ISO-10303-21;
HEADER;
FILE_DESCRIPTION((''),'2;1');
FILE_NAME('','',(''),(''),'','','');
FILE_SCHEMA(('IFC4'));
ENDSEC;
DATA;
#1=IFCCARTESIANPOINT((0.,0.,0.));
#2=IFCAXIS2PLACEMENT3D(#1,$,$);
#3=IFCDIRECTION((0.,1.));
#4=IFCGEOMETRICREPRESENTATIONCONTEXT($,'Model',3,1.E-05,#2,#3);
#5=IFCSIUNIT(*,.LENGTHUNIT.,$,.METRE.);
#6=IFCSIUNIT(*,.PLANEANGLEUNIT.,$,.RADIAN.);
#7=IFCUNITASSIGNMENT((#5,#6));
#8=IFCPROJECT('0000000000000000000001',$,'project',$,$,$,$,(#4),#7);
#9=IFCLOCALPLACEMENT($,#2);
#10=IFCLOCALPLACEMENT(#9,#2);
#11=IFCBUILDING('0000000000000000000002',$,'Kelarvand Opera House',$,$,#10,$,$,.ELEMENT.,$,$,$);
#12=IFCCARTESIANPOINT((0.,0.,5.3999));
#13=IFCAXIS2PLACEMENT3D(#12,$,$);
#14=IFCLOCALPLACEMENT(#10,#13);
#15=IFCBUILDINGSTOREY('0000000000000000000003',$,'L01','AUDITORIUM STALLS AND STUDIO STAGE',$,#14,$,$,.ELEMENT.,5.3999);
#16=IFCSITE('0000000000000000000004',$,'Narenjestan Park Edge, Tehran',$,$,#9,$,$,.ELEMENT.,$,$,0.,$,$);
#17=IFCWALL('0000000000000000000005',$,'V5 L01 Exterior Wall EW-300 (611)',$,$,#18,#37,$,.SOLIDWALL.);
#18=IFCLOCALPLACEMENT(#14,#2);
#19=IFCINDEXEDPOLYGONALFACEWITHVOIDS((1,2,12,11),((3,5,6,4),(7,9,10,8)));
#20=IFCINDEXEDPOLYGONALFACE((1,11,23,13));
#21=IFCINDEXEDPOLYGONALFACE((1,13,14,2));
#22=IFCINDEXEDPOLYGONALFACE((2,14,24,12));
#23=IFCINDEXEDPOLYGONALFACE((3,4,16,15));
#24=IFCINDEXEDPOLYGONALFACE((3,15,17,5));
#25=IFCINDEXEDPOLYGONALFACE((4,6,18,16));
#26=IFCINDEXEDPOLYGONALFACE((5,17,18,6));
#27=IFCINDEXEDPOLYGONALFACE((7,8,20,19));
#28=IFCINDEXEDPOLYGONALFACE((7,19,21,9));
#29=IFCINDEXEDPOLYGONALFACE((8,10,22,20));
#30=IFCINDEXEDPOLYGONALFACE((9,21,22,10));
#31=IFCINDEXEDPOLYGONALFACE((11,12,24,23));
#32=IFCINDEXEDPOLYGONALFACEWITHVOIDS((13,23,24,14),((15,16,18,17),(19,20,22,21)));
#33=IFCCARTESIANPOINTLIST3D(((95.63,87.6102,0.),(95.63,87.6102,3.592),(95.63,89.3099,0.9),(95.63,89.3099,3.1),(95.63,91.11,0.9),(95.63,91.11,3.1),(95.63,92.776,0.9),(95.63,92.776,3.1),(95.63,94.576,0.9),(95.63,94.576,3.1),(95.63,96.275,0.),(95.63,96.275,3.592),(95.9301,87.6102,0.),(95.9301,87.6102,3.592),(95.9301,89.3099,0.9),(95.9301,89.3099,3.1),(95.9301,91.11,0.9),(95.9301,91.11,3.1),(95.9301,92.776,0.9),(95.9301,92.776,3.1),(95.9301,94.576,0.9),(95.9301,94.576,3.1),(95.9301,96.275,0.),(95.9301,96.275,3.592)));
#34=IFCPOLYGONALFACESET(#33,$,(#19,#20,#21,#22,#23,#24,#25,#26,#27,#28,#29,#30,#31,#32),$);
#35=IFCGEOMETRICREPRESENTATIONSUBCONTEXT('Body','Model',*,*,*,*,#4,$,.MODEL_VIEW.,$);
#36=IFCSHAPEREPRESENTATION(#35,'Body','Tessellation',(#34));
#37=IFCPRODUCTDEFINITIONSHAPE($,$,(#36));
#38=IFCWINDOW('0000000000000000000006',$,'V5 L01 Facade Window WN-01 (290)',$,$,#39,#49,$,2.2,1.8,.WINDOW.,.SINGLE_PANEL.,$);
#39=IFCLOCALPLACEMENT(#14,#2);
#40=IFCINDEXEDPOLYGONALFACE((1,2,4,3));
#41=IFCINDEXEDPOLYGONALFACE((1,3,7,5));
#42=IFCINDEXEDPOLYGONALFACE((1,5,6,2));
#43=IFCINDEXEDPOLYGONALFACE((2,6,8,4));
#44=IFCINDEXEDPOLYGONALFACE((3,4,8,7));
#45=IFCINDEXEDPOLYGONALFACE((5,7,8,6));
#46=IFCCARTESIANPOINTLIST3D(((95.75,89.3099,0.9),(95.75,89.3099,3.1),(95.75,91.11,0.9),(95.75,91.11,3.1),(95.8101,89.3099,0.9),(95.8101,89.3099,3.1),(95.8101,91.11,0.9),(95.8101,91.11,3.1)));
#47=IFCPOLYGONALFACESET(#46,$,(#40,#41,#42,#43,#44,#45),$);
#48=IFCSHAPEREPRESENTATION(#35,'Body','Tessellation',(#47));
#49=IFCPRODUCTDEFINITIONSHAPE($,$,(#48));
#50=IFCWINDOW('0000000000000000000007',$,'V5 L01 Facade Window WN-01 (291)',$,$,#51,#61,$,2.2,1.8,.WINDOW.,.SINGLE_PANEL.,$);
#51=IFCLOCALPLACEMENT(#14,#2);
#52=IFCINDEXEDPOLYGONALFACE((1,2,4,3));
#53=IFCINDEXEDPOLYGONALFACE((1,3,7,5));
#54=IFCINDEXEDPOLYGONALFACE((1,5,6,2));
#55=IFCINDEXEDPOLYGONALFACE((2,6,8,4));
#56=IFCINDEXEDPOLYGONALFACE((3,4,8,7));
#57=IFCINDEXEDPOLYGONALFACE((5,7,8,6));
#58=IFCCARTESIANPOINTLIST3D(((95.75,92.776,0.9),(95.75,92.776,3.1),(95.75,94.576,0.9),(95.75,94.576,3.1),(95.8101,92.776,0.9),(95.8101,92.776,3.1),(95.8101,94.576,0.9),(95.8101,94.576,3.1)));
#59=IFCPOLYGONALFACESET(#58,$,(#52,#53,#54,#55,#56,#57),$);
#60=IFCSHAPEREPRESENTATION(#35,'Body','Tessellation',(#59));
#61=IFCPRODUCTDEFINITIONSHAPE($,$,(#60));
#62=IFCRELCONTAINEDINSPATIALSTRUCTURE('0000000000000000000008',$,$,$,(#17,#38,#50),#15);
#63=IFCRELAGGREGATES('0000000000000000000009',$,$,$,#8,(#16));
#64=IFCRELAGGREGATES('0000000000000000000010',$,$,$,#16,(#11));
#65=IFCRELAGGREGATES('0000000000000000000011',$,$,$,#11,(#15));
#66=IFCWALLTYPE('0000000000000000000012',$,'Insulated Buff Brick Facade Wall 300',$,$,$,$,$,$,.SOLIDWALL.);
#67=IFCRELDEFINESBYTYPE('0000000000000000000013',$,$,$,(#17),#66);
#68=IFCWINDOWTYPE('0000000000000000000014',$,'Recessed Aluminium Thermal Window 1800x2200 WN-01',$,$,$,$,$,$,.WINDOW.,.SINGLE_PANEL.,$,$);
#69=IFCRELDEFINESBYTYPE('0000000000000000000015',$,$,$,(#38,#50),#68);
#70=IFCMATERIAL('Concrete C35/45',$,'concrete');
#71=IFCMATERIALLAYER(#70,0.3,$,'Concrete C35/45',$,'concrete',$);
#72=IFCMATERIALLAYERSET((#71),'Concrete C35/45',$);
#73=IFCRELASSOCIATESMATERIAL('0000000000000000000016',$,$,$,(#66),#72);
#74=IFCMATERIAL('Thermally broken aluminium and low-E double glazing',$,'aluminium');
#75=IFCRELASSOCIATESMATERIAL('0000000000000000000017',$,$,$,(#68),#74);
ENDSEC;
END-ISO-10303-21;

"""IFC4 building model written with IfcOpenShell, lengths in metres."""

from ifc_helpers import new_model, si_unit, direction, frame, frame_2d, origin, place, context, subcontext, project, spatial, rectangle, extrude, material, layer, layer_set, type_object, element, fill, save


model = new_model("IFC4")

# Units and contexts
model_context = context("Model", 3, precision=1e-05, world=origin(), true_north=direction((0.0, 1.0)))
body_context = subcontext(model_context, "Body", "Model", "MODEL_VIEW")
ifc_project = project(units=[si_unit("LENGTHUNIT", "METRE"), si_unit("PLANEANGLEUNIT", "RADIAN")], contexts=[model_context])

# Site, building, storey
site_placement = place(None, origin())
site = spatial("IfcSite", under=ifc_project, at=site_placement, Name="Narenjestan Park Edge, Tehran", CompositionType="ELEMENT", RefElevation=0.0)
building_placement = place(site_placement, origin())
building = spatial("IfcBuilding", under=site, at=building_placement, Name="Kelarvand Opera House", CompositionType="ELEMENT")
storey_placement = place(building_placement, frame((0.0, 0.0, 5.3999)))
storey = spatial("IfcBuildingStorey", under=building, at=storey_placement, Name="L01", Description="AUDITORIUM STALLS AND STUDIO STAGE", CompositionType="ELEMENT", Elevation=5.3999)

# Wall, openings, windows
ifc_material_1 = material(Name="Concrete C35/45", Category="concrete")
ifc_layer_1 = layer(ifc_material_1, 0.3, Name="Concrete C35/45", Category="concrete")
ifc_layer_set_1 = layer_set([ifc_layer_1], Name="Concrete C35/45")
wall_type = type_object("IfcWallType", Name="Insulated Buff Brick Facade Wall 300", PredefinedType="SOLIDWALL", material=ifc_layer_set_1)
wall_placement = place(storey_placement, frame((95.78, 87.6101, 0.0), z_axis=(0.0, 0.0, 1.0), x_axis=(0.0, 1.0, 0.0)))
wall = element("IfcWall", 1, at=wall_placement, inside=storey, type_object=wall_type, Name="V5 L01 Exterior Wall EW-300 (611)", PredefinedType="SOLIDWALL", context=body_context, shape_type="SweptSolid", body=[
    extrude(rectangle(XDim=8.6648, YDim=0.3, at=frame_2d((4.3325, 0.0))), origin(), (0.0, 0.0, 1.0), 3.592),
])
opening_1_placement = place(wall_placement, frame((1.7, 0.0, 0.8999)))
opening_1 = element("IfcOpeningElement", 2, at=opening_1_placement, cuts=wall, PredefinedType="OPENING", context=body_context, shape_type="SweptSolid", body=[
    extrude(rectangle(XDim=1.8, YDim=2.2, at=frame_2d((0.8999, 1.1001))), frame((0.0, 0.1602, 0.0), z_axis=(0.0, -1.0, 0.0), x_axis=(1.0, 0.0, 0.0)), (0.0, 0.0, 1.0), 0.3201),
])
opening_2_placement = place(wall_placement, frame((5.166, 0.0, 0.8999)))
opening_2 = element("IfcOpeningElement", 3, at=opening_2_placement, cuts=wall, PredefinedType="OPENING", context=body_context, shape_type="SweptSolid", body=[
    extrude(rectangle(XDim=1.8, YDim=2.2, at=frame_2d((0.8999, 1.1001))), frame((0.0, 0.1602, 0.0), z_axis=(0.0, -1.0, 0.0), x_axis=(1.0, 0.0, 0.0)), (0.0, 0.0, 1.0), 0.3201),
])
ifc_material_2 = material(Name="Thermally broken aluminium and low-E double glazing", Category="aluminium")
window_type = type_object("IfcWindowType", Name="Recessed Aluminium Thermal Window 1800x2200 WN-01", PartitioningType="SINGLE_PANEL", PredefinedType="WINDOW", material=ifc_material_2)
window_1_placement = place(opening_1_placement, origin())
window_1 = element("IfcWindow", 4, at=window_1_placement, inside=storey, type_object=window_type, Name="V5 L01 Facade Window WN-01 (290)", OverallHeight=2.2, OverallWidth=1.8, PartitioningType="SINGLE_PANEL", PredefinedType="WINDOW", context=body_context, shape_type="SweptSolid", body=[
    extrude(rectangle(XDim=1.8, YDim=2.2, at=frame_2d((0.8999, 1.1001))), frame((0.0, 0.03, 0.0), z_axis=(0.0, -1.0, 0.0), x_axis=(1.0, 0.0, 0.0)), (0.0, 0.0, 1.0), 0.0601),
])
fill(opening_1, window_1)
window_2_placement = place(opening_2_placement, origin())
window_2 = element("IfcWindow", 5, at=window_2_placement, inside=storey, type_object=window_type, Name="V5 L01 Facade Window WN-01 (291)", OverallHeight=2.2, OverallWidth=1.8, PartitioningType="SINGLE_PANEL", PredefinedType="WINDOW", context=body_context, shape_type="SweptSolid", body=[
    extrude(rectangle(XDim=1.8, YDim=2.2, at=frame_2d((0.8999, 1.1001))), frame((0.0, 0.03, 0.0), z_axis=(0.0, -1.0, 0.0), x_axis=(1.0, 0.0, 0.0)), (0.0, 0.0, 1.0), 0.0601),
])
fill(opening_2, window_2)

save(model, "model.ifc")
